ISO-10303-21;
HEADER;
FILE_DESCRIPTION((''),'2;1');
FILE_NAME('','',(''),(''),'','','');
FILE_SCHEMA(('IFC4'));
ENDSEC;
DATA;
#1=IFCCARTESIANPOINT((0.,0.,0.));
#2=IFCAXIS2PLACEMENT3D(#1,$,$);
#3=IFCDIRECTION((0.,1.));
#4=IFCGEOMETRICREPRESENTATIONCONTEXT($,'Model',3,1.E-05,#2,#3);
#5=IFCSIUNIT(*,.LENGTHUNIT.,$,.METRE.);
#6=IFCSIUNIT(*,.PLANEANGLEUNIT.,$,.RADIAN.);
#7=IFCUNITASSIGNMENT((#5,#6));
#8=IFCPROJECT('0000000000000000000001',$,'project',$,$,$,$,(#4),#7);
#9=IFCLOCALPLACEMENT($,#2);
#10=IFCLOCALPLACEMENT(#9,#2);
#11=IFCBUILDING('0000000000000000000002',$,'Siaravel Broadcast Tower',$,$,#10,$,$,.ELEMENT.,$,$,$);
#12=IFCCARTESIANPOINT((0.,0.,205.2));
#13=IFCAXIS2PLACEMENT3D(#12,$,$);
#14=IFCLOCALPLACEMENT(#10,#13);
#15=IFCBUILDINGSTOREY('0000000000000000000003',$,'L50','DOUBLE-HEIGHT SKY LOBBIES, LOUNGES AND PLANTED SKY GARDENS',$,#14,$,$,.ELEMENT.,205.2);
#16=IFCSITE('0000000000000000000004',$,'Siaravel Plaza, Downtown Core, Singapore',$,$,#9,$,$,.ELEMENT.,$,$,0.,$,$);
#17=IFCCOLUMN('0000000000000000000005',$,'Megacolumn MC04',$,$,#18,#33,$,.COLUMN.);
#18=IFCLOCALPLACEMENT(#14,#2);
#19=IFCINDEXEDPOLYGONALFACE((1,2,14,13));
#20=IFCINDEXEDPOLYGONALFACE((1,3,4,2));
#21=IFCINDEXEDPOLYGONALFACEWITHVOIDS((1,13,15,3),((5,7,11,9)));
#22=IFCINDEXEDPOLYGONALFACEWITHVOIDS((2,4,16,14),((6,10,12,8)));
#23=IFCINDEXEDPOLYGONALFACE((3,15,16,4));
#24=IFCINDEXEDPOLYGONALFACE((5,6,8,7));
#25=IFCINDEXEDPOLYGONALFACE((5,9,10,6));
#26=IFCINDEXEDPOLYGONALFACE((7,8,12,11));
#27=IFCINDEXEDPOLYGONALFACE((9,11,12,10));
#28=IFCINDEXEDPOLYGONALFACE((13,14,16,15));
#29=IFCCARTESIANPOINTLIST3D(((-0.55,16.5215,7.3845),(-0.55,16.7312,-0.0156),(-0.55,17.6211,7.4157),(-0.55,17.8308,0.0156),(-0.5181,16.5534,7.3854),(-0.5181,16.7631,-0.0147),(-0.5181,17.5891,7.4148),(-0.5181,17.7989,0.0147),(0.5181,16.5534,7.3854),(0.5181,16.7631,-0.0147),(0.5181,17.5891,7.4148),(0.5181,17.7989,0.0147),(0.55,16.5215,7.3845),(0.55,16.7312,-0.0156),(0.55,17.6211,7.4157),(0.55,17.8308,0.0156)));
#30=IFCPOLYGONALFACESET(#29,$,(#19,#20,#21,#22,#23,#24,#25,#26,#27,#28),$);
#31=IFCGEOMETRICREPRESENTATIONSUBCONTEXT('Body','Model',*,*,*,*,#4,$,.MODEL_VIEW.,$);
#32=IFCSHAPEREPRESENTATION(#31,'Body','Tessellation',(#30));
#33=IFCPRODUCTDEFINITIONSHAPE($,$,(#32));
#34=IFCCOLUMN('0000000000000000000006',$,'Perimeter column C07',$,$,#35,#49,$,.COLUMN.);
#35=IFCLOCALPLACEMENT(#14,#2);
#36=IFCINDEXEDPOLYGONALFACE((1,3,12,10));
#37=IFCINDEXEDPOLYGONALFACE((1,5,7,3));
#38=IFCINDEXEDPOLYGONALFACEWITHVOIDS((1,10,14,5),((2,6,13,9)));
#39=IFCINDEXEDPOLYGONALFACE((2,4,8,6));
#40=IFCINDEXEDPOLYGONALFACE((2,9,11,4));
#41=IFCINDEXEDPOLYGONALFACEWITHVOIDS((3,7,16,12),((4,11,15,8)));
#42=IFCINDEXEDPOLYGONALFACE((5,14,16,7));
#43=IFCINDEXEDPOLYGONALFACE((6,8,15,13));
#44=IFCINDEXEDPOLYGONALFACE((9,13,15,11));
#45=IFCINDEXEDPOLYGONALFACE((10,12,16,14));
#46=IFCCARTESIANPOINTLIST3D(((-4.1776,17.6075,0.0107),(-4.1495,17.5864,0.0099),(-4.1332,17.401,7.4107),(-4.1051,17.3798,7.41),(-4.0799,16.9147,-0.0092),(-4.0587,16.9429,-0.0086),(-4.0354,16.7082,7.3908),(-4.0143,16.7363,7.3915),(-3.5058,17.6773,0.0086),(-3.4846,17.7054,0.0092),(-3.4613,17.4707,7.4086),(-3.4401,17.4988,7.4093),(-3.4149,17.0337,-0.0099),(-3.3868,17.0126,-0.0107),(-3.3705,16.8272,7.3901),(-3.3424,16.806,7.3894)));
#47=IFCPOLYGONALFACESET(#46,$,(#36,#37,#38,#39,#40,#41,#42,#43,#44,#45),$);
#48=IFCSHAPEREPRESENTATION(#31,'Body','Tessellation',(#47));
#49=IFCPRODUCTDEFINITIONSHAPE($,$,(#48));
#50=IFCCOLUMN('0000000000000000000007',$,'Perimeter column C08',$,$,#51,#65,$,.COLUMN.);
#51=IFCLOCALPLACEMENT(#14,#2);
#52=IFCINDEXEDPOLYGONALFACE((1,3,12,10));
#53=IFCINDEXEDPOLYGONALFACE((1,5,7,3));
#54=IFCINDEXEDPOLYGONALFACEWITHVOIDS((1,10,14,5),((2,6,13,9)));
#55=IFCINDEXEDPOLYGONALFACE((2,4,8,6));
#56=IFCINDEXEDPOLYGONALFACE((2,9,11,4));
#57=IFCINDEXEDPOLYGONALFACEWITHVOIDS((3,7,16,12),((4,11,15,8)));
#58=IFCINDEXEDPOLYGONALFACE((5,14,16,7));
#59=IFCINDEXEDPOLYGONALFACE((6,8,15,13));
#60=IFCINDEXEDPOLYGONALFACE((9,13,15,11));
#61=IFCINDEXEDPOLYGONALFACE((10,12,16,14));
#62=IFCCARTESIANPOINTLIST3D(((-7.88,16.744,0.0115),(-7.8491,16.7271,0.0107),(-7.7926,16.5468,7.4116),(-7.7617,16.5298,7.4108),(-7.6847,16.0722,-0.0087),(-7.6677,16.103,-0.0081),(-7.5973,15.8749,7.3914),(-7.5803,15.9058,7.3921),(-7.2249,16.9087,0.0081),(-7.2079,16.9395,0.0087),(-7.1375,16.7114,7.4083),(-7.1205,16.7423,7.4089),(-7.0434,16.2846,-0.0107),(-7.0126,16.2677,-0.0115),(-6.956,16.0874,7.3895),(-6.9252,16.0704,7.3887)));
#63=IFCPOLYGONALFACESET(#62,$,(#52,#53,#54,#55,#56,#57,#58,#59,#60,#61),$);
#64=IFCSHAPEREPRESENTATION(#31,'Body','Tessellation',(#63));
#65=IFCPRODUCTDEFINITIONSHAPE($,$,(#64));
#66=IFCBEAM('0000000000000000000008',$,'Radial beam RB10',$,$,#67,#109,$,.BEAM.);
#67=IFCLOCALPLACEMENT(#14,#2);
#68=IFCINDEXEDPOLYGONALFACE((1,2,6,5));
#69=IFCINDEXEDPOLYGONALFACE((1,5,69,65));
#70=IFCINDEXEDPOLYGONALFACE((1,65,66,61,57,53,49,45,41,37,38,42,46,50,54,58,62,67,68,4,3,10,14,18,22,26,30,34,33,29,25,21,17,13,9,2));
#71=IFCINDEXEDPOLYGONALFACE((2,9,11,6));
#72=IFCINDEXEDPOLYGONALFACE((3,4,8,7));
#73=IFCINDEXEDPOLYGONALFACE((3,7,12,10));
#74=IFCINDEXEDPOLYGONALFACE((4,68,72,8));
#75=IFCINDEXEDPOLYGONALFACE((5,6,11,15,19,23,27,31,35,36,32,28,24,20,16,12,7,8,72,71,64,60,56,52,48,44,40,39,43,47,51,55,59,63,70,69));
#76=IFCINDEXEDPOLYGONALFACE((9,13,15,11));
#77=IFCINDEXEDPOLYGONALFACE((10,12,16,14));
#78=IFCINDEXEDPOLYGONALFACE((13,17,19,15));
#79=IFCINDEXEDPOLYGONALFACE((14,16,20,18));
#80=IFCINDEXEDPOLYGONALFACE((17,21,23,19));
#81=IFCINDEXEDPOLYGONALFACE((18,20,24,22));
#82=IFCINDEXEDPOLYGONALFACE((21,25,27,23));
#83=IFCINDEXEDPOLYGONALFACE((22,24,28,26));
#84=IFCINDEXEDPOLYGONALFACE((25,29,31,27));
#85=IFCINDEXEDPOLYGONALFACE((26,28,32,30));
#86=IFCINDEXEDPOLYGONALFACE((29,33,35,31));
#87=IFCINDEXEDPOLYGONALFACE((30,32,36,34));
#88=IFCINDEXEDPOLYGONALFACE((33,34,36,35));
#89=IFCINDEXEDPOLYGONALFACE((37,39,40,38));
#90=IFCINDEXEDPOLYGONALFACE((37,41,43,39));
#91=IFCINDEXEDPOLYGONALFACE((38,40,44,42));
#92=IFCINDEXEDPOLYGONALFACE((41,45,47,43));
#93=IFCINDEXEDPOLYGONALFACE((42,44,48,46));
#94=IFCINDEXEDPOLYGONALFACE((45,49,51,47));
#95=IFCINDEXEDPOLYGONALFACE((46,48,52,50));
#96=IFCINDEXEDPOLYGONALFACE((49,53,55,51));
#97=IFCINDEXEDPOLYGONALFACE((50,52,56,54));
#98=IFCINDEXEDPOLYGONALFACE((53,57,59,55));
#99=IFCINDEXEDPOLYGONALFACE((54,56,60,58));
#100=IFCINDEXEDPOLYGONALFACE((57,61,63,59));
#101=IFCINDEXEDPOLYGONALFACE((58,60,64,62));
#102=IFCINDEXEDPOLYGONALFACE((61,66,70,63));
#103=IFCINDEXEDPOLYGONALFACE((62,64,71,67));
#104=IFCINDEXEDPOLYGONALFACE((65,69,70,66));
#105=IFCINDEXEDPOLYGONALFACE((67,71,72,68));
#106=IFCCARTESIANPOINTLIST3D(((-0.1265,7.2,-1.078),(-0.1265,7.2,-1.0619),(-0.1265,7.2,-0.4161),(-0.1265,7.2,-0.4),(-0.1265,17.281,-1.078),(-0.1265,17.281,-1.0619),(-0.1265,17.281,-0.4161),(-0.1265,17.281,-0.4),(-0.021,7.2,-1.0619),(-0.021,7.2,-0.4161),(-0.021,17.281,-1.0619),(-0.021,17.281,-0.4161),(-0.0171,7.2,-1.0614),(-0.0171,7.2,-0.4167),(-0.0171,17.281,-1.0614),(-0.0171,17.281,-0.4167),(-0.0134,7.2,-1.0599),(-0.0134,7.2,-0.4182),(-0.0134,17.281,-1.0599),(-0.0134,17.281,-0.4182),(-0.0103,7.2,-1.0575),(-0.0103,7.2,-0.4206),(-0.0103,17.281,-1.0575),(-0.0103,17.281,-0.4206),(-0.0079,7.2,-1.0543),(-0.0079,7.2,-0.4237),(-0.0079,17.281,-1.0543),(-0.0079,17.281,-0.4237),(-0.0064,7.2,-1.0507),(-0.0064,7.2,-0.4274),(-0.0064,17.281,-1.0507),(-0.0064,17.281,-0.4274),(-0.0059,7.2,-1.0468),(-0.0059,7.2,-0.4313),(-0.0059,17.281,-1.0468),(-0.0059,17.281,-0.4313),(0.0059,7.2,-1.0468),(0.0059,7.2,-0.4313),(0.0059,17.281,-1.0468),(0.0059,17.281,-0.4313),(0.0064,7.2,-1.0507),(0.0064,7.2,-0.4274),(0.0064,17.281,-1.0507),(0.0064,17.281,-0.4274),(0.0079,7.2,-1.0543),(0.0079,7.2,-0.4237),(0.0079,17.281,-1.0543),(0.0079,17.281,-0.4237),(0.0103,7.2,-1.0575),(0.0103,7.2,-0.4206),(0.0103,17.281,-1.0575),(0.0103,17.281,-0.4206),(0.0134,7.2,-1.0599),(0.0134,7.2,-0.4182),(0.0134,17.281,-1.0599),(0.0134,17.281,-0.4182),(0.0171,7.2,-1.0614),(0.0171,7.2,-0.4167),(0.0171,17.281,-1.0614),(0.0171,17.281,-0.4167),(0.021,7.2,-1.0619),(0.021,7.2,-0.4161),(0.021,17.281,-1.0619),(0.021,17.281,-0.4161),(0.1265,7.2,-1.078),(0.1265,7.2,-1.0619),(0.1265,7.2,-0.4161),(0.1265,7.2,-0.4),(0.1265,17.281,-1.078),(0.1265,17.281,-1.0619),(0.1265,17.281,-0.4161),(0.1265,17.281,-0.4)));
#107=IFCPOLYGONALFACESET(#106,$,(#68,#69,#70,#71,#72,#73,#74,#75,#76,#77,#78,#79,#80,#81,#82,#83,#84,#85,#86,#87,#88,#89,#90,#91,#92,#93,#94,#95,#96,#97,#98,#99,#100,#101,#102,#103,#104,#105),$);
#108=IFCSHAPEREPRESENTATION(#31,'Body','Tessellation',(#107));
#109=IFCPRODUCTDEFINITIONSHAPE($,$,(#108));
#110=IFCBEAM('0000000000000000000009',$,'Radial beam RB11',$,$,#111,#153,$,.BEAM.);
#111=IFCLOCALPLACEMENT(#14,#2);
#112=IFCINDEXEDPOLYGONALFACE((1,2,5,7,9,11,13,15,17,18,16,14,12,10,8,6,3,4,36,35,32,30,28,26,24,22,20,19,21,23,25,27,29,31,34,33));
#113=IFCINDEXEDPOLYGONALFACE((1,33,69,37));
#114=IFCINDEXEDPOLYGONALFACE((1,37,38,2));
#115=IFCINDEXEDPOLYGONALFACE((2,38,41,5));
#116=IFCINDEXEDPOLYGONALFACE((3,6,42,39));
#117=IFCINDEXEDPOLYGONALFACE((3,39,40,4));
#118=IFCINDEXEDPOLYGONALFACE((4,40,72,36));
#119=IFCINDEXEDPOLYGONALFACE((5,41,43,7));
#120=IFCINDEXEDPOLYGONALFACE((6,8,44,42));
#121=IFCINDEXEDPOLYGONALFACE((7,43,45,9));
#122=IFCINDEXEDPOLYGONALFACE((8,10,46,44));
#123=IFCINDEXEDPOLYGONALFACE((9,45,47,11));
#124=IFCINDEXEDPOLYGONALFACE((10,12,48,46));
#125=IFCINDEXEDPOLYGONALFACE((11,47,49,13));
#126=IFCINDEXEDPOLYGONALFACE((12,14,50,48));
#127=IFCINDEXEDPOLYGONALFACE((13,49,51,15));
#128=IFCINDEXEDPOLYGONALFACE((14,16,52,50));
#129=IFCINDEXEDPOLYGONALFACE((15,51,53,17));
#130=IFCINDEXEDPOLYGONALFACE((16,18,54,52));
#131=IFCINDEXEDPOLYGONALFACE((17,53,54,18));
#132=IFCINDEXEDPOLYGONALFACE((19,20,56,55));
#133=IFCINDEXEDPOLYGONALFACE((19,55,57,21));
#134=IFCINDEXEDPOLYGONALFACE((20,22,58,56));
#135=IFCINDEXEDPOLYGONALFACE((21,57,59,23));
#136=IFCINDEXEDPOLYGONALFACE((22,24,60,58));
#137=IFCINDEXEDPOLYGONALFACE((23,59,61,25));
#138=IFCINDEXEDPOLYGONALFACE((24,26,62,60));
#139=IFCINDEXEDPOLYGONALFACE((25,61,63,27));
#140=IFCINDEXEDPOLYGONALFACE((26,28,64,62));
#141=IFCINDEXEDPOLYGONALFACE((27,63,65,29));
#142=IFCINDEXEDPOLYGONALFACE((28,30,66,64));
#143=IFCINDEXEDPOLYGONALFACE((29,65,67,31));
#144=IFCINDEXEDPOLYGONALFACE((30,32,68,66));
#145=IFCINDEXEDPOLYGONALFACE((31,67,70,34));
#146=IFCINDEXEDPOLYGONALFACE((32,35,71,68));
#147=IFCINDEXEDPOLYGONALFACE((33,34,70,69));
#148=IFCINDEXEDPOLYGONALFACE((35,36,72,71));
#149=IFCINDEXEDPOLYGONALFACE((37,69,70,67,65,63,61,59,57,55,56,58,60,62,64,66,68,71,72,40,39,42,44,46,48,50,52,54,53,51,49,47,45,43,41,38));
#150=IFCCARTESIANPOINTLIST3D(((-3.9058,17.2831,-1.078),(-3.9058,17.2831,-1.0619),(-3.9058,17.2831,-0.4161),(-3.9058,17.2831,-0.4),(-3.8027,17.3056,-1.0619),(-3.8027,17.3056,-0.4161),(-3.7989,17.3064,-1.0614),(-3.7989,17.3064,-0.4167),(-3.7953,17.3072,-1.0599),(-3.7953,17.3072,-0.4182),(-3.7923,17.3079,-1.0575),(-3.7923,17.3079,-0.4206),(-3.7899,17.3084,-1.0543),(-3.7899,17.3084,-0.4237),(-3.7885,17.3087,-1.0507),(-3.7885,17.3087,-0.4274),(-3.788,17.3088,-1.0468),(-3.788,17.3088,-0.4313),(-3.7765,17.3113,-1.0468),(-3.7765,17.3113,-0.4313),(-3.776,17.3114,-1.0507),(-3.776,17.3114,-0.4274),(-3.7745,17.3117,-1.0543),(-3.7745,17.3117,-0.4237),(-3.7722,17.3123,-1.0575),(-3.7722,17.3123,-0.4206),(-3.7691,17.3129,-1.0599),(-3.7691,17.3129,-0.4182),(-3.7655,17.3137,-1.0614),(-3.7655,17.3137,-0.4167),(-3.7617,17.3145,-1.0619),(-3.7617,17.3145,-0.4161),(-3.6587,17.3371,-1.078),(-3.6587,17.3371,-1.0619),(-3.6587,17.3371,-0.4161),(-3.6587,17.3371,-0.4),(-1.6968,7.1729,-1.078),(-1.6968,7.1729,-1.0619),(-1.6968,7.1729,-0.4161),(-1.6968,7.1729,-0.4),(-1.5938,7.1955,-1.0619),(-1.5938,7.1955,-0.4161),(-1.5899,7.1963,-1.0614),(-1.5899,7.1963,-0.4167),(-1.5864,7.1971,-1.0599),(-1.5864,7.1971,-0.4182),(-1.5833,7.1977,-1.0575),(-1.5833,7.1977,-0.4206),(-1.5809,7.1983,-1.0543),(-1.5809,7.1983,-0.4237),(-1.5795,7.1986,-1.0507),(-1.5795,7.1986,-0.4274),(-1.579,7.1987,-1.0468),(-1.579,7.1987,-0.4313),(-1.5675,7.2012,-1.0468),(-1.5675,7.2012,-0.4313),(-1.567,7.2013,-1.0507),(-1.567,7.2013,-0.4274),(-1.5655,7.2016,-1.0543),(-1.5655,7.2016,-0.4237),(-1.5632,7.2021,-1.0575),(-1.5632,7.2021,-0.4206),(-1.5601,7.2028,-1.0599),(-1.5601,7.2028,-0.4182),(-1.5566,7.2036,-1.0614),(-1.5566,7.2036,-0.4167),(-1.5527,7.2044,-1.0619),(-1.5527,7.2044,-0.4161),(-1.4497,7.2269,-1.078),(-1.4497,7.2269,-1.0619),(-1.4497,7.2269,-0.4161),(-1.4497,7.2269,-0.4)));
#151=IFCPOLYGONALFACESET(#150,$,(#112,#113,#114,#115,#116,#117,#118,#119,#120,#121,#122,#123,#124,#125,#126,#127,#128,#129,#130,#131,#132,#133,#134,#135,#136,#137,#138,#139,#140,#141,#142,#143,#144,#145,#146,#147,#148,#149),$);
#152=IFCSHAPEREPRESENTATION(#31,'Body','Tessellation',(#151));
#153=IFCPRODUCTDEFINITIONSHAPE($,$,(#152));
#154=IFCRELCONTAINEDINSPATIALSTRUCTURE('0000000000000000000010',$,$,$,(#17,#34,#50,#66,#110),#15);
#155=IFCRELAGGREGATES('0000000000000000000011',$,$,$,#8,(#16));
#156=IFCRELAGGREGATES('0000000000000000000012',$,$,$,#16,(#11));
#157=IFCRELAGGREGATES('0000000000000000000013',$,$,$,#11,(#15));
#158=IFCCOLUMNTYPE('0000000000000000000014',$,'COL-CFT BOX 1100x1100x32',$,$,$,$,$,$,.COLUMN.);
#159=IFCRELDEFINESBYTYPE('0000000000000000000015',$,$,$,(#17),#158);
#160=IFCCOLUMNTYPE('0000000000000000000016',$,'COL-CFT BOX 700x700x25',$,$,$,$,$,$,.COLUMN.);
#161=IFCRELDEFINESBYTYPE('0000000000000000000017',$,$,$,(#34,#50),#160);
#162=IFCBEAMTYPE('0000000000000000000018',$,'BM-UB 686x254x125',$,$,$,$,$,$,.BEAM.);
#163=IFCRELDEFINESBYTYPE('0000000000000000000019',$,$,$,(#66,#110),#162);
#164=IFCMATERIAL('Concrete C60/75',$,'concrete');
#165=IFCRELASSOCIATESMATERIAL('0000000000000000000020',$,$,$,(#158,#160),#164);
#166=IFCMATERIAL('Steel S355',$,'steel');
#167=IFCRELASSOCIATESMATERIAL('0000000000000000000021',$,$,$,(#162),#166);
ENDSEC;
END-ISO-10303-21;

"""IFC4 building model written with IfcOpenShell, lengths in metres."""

from ifc_helpers import new_model, si_unit, direction, frame, origin, origin_2d, place, context, subcontext, project, spatial, hollow_rectangle, i_section, extrude, material, material_profile, profile_set, type_object, element, save


model = new_model("IFC4")

# Units and contexts
model_context = context("Model", 3, precision=1e-05, world=origin(), true_north=direction((0.0, 1.0)))
body_context = subcontext(model_context, "Body", "Model", "MODEL_VIEW")
ifc_project = project(units=[si_unit("LENGTHUNIT", "METRE"), si_unit("PLANEANGLEUNIT", "RADIAN")], contexts=[model_context])

# Site, building, storey
site_placement = place(None, origin())
site = spatial("IfcSite", under=ifc_project, at=site_placement, Name="Siaravel Plaza, Downtown Core, Singapore", CompositionType="ELEMENT", RefElevation=0.0)
building_placement = place(site_placement, origin())
building = spatial("IfcBuilding", under=site, at=building_placement, Name="Siaravel Broadcast Tower", CompositionType="ELEMENT")
storey_placement = place(building_placement, frame((0.0, 0.0, 205.2)))
storey = spatial("IfcBuildingStorey", under=building, at=storey_placement, Name="L50", Description="DOUBLE-HEIGHT SKY LOBBIES, LOUNGES AND PLANTED SKY GARDENS", CompositionType="ELEMENT", Elevation=205.2)

# Columns
ifc_material_1 = material(Name="Concrete C60/75", Category="concrete")
ifc_material_profile_1 = material_profile(ifc_material_1, hollow_rectangle(XDim=1.1001, YDim=1.1001, WallThickness=0.032, at=origin_2d()))
ifc_profile_set_1 = profile_set([ifc_material_profile_1], Name="Concrete C60/75")
column_type_1 = type_object("IfcColumnType", Name="COL-CFT BOX 1100x1100x32", PredefinedType="COLUMN", material=ifc_profile_set_1)
column_1_placement = place(storey_placement, frame((0.0, 17.281, 0.0), z_axis=(0.0, -0.028328, 0.999599), x_axis=(1.0, 0.0, 0.0)))
element("IfcColumn", 1, at=column_1_placement, inside=storey, type_object=column_type_1, Name="Megacolumn MC04", PredefinedType="COLUMN", context=body_context, shape_type="SweptSolid", body=[
    extrude(hollow_rectangle(XDim=1.1001, YDim=1.1001, WallThickness=0.032, at=origin_2d()), origin(), (0.0, 0.0, 1.0), 7.4031),
])
ifc_material_profile_2 = material_profile(ifc_material_1, hollow_rectangle(XDim=0.7, YDim=0.7, WallThickness=0.0249, at=origin_2d()))
ifc_profile_set_2 = profile_set([ifc_material_profile_2], Name="Concrete C60/75")
column_type_2 = type_object("IfcColumnType", Name="COL-CFT BOX 700x700x25", PredefinedType="COLUMN", material=ifc_profile_set_2)
column_2_placement = place(storey_placement, frame((-3.7822, 17.3101, 0.0), z_axis=(0.006002, -0.027899, 0.999593), x_axis=(0.990179, 0.139789, -0.002044)))
element("IfcColumn", 2, at=column_2_placement, inside=storey, type_object=column_type_2, Name="Perimeter column C07", PredefinedType="COLUMN", context=body_context, shape_type="SweptSolid", body=[
    extrude(hollow_rectangle(XDim=0.7, YDim=0.7, WallThickness=0.0249, at=origin_2d()), origin(), (0.0, 0.0, 1.0), 7.4031),
])
column_3_placement = place(storey_placement, frame((-7.4463, 16.5059, 0.0), z_axis=(0.011806, -0.026646, 0.999575), x_axis=(0.960194, 0.279306, -0.003895)))
element("IfcColumn", 3, at=column_3_placement, inside=storey, type_object=column_type_2, Name="Perimeter column C08", PredefinedType="COLUMN", context=body_context, shape_type="SweptSolid", body=[
    extrude(hollow_rectangle(XDim=0.7, YDim=0.7, WallThickness=0.0249, at=origin_2d()), origin(), (0.0, 0.0, 1.0), 7.4033),
])

# Beams
ifc_material_2 = material(Name="Steel S355", Category="steel")
ifc_material_profile_3 = material_profile(ifc_material_2, i_section(OverallWidth=0.2529, OverallDepth=0.678, WebThickness=0.0117, FlangeThickness=0.0161, FilletRadius=0.0151, at=origin_2d()))
ifc_profile_set_3 = profile_set([ifc_material_profile_3], Name="Steel S355")
beam_type = type_object("IfcBeamType", Name="BM-UB 686x254x125", PredefinedType="BEAM", material=ifc_profile_set_3)
beam_1_placement = place(storey_placement, frame((0.0, 17.281, -0.739), z_axis=(0.0, -1.0, 0.0), x_axis=(1.0, 0.0, 0.0)))
element("IfcBeam", 4, at=beam_1_placement, inside=storey, type_object=beam_type, Name="Radial beam RB10", PredefinedType="BEAM", context=body_context, shape_type="SweptSolid", body=[
    extrude(i_section(OverallWidth=0.2529, OverallDepth=0.678, WebThickness=0.0117, FlangeThickness=0.0161, FilletRadius=0.0151, at=origin_2d()), origin(), (0.0, 0.0, 1.0), 10.0811),
])
beam_2_placement = place(storey_placement, frame((-3.7822, 17.3101, -0.739), z_axis=(0.213457, -0.976952, 0.0), x_axis=(0.976952, 0.213457, 0.0)))
element("IfcBeam", 5, at=beam_2_placement, inside=storey, type_object=beam_type, Name="Radial beam RB11", PredefinedType="BEAM", context=body_context, shape_type="SweptSolid", body=[
    extrude(i_section(OverallWidth=0.2529, OverallDepth=0.678, WebThickness=0.0117, FlangeThickness=0.0161, FilletRadius=0.0151, at=origin_2d()), origin(), (0.0, 0.0, 1.0), 10.3486),
])

save(model, "model.ifc")
